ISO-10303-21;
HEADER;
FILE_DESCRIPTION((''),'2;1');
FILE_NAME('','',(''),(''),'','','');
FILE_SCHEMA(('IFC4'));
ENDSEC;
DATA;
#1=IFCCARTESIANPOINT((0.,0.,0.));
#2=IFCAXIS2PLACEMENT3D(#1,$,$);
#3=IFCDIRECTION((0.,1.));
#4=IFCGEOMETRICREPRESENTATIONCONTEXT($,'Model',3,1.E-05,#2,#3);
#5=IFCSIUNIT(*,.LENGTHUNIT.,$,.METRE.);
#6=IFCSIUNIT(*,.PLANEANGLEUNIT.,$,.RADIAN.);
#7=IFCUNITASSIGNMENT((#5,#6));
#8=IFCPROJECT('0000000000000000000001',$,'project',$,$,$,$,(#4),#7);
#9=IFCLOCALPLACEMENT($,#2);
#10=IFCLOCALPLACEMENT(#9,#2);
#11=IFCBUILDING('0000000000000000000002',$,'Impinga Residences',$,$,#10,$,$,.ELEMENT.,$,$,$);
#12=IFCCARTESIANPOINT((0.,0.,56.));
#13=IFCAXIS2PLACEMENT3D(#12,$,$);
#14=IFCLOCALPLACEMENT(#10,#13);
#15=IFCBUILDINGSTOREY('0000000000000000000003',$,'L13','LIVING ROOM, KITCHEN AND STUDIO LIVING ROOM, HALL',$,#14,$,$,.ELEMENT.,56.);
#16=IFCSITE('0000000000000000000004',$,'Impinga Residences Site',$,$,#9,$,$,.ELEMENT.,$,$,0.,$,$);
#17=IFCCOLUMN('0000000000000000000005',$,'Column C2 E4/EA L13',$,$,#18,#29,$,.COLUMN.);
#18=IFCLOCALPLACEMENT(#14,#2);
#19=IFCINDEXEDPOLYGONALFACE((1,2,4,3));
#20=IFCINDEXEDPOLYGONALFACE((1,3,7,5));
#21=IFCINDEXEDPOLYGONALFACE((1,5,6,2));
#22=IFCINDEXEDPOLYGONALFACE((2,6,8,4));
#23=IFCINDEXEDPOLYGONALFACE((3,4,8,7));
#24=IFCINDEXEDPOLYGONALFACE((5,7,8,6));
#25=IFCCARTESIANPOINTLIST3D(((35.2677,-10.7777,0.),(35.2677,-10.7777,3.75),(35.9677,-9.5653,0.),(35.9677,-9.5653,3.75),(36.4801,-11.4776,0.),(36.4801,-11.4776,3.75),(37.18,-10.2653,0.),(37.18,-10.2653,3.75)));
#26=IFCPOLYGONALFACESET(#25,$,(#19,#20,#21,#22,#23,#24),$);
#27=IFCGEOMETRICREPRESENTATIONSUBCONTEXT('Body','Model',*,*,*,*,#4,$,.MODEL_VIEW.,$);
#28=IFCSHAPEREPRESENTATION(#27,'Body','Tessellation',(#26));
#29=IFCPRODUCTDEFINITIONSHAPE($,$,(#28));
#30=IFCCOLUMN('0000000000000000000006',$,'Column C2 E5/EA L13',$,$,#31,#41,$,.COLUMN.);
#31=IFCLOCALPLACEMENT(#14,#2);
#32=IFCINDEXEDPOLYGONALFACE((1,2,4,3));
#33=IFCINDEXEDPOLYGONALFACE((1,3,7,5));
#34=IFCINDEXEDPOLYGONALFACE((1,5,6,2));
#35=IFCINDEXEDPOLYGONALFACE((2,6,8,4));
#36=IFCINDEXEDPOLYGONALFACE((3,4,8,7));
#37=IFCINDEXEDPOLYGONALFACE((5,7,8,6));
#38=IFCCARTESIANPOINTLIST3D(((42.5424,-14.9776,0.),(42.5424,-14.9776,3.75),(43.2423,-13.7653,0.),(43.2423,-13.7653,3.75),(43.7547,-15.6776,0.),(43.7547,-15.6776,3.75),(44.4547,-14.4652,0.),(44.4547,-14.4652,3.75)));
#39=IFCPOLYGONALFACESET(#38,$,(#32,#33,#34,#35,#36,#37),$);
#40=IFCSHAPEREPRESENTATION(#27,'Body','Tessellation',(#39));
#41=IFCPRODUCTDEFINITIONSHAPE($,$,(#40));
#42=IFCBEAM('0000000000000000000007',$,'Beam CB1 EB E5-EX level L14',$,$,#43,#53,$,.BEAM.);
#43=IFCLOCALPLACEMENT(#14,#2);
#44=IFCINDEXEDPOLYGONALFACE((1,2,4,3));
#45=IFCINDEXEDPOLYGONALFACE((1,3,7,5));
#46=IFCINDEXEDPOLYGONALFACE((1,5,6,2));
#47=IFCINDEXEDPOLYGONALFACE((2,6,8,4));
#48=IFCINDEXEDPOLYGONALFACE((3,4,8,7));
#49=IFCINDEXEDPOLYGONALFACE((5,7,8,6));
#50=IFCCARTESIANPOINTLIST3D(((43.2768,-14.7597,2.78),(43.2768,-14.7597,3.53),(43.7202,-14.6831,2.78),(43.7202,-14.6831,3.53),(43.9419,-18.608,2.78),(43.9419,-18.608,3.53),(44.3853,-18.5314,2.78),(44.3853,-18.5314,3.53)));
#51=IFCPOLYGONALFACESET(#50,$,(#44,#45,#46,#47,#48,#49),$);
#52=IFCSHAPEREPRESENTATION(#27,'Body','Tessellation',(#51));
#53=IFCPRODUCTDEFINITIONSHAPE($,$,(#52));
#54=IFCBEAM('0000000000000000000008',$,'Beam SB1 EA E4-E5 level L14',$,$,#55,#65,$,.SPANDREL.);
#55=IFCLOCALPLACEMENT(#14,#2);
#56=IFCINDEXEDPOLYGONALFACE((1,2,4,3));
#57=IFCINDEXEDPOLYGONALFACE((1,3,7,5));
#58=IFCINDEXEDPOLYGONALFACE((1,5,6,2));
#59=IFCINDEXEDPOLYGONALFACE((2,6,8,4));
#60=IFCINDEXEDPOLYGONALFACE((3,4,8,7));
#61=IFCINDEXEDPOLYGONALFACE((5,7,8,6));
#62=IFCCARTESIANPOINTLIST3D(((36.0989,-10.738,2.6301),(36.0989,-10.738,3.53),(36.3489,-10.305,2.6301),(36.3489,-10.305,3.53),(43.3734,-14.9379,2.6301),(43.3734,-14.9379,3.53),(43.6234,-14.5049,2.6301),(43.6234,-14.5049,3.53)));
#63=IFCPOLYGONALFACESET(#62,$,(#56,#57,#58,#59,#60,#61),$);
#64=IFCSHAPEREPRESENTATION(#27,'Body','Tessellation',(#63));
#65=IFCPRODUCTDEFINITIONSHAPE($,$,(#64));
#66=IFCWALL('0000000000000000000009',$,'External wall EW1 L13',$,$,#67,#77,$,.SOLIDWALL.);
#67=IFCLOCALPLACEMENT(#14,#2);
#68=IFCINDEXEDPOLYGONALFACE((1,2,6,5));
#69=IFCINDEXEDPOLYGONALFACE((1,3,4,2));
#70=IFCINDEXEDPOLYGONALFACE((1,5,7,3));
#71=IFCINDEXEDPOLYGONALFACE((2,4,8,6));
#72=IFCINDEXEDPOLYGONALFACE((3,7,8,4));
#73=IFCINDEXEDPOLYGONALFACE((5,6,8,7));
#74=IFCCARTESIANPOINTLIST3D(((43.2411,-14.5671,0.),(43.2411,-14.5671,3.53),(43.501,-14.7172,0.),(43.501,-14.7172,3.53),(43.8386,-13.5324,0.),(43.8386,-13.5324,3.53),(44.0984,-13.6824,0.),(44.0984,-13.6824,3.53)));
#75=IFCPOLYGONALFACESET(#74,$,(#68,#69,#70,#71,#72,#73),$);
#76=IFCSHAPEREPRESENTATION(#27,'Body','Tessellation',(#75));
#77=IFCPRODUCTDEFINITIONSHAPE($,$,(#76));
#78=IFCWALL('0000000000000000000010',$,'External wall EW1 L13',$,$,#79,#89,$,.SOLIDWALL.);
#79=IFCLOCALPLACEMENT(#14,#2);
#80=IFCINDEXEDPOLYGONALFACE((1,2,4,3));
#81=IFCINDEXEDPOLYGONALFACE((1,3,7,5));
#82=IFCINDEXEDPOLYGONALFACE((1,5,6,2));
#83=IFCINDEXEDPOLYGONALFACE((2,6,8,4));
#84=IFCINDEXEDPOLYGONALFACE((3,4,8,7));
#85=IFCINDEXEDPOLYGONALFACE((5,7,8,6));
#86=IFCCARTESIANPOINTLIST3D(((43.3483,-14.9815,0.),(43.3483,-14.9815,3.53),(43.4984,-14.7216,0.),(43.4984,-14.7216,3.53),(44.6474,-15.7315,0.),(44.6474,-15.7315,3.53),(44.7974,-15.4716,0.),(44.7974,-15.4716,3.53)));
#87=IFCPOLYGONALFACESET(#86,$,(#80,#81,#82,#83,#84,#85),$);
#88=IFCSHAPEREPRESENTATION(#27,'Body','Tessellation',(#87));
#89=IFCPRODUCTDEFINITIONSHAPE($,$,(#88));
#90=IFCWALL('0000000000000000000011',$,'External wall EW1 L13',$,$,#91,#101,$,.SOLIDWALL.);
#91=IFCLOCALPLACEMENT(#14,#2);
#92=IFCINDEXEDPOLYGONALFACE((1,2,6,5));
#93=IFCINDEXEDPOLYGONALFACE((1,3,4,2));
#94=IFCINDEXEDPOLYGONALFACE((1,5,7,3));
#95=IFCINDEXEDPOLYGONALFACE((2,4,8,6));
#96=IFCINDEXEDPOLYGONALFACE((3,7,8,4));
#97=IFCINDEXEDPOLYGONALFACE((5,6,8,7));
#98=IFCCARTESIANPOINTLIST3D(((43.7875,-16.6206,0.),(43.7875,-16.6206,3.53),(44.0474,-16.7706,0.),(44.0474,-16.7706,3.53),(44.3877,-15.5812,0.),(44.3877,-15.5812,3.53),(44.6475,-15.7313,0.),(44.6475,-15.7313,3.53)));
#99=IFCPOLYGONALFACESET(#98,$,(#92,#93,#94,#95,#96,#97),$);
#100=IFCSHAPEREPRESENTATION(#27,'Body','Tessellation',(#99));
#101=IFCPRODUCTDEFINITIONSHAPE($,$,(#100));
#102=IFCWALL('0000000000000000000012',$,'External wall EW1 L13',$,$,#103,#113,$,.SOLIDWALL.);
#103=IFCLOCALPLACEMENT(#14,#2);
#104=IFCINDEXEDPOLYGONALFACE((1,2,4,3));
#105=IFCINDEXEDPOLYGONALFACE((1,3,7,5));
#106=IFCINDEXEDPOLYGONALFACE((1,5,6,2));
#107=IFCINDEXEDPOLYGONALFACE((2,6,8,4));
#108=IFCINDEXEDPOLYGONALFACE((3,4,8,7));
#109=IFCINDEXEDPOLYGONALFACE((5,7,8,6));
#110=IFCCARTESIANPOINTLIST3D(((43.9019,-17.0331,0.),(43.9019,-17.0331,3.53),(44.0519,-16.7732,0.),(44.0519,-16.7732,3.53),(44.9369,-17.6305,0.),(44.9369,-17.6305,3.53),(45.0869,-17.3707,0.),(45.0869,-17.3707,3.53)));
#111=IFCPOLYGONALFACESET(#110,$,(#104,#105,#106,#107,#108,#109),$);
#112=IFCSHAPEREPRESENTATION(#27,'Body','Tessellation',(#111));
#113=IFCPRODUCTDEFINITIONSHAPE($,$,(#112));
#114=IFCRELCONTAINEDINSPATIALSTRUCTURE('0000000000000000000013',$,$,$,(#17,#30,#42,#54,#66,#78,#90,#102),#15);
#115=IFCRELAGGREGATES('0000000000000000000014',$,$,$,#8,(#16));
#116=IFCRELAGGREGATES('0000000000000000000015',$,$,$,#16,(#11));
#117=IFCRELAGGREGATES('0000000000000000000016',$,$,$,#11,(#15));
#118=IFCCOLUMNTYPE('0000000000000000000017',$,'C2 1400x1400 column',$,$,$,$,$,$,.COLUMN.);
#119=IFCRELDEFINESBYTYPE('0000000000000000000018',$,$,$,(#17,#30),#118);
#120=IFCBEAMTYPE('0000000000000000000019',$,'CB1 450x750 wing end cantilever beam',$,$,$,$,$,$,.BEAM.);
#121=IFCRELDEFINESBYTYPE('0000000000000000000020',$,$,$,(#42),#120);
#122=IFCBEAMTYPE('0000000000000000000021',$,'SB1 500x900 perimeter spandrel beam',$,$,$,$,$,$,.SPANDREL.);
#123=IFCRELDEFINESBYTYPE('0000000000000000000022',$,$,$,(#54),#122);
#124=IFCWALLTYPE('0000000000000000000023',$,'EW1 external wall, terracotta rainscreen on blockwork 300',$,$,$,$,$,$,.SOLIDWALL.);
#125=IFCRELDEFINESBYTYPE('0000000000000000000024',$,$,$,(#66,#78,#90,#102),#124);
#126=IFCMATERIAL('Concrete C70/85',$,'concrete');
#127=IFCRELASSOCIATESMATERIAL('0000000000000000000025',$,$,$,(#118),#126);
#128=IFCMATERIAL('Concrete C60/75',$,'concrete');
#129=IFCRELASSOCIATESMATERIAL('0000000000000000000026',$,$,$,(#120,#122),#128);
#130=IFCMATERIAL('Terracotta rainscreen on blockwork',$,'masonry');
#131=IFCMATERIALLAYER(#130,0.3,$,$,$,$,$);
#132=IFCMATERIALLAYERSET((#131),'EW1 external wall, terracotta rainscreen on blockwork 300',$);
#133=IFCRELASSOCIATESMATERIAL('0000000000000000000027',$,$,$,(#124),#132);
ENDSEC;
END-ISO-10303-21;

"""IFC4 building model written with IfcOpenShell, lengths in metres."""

from ifc_helpers import new_model, si_unit, direction, frame, frame_2d, origin, origin_2d, place, context, subcontext, project, spatial, rectangle, extrude, material, layer, layer_set, material_profile, profile_set, type_object, element, save


model = new_model("IFC4")

# Units and contexts
model_context = context("Model", 3, precision=1e-05, world=origin(), true_north=direction((0.0, 1.0)))
body_context = subcontext(model_context, "Body", "Model", "MODEL_VIEW")
ifc_project = project(units=[si_unit("LENGTHUNIT", "METRE"), si_unit("PLANEANGLEUNIT", "RADIAN")], contexts=[model_context])

# Site, building, storey
site_placement = place(None, origin())
site = spatial("IfcSite", under=ifc_project, at=site_placement, Name="Impinga Residences Site", CompositionType="ELEMENT", RefElevation=0.0)
building_placement = place(site_placement, origin())
building = spatial("IfcBuilding", under=site, at=building_placement, Name="Impinga Residences", CompositionType="ELEMENT")
storey_placement = place(building_placement, frame((0.0, 0.0, 56.0)))
storey = spatial("IfcBuildingStorey", under=building, at=storey_placement, Name="L13", Description="LIVING ROOM, KITCHEN AND STUDIO LIVING ROOM, HALL", CompositionType="ELEMENT", Elevation=56.0)

# Columns
ifc_material_1 = material(Name="Concrete C70/85", Category="concrete")
ifc_material_profile_1 = material_profile(ifc_material_1, rectangle(XDim=1.3999, YDim=1.3999, at=origin_2d()), Name="RC 1400x1400")
ifc_profile_set_1 = profile_set([ifc_material_profile_1], Name="Concrete C70/85")
column_type = type_object("IfcColumnType", Name="C2 1400x1400 column", PredefinedType="COLUMN", material=ifc_profile_set_1)
for number, where, z_axis, x_axis, name in (
    (1, (36.2239, -10.5215, 0.0), (0.0, 0.0, 1.0), (-0.5, -0.866025, 0.0), "Column C2 E4/EA L13"),
    (2, (43.4985, -14.7214, 0.0), (0.0, 0.0, 1.0), (-0.5, -0.866025, 0.0), "Column C2 E5/EA L13"),
):
    element("IfcColumn", number, at=place(storey_placement, frame(where, z_axis=z_axis, x_axis=x_axis)), inside=storey, type_object=column_type, Name=name, PredefinedType="COLUMN", context=body_context, shape_type="SweptSolid", body=[
        extrude(rectangle(XDim=1.3999, YDim=1.3999, at=origin_2d()), origin(), (0.0, 0.0, 1.0), 3.75),
    ])

# Beams
ifc_material_2 = material(Name="Concrete C60/75", Category="concrete")
ifc_material_profile_2 = material_profile(ifc_material_2, rectangle(XDim=0.45, YDim=0.75, at=origin_2d()), Name="RC 450x750")
ifc_profile_set_2 = profile_set([ifc_material_profile_2], Name="Concrete C60/75")
beam_type_1 = type_object("IfcBeamType", Name="CB1 450x750 wing end cantilever beam", PredefinedType="BEAM", material=ifc_profile_set_2)
beam_1_placement = place(storey_placement, frame((43.4985, -14.7214, 3.155), z_axis=(0.170296, -0.985393, 0.0), x_axis=(0.985393, 0.170296, 0.0)))
element("IfcBeam", 3, at=beam_1_placement, inside=storey, type_object=beam_type_1, Name="Beam CB1 EB E5-EX level L14", PredefinedType="BEAM", context=body_context, shape_type="SweptSolid", body=[
    extrude(rectangle(XDim=0.45, YDim=0.75, at=origin_2d()), origin(), (0.0, 0.0, 1.0), 3.9053),
])
ifc_material_profile_3 = material_profile(ifc_material_2, rectangle(XDim=0.5, YDim=0.8999, at=origin_2d()), Name="RC 500x900")
ifc_profile_set_3 = profile_set([ifc_material_profile_3], Name="Concrete C60/75")
beam_type_2 = type_object("IfcBeamType", Name="SB1 500x900 perimeter spandrel beam", PredefinedType="SPANDREL", material=ifc_profile_set_3)
beam_2_placement = place(storey_placement, frame((36.2239, -10.5215, 3.0801), z_axis=(0.866029, -0.499993, 0.0), x_axis=(0.499993, 0.866029, 0.0)))
element("IfcBeam", 4, at=beam_2_placement, inside=storey, type_object=beam_type_2, Name="Beam SB1 EA E4-E5 level L14", PredefinedType="SPANDREL", context=body_context, shape_type="SweptSolid", body=[
    extrude(rectangle(XDim=0.5, YDim=0.8999, at=origin_2d()), origin(), (0.0, 0.0, 1.0), 8.3999),
])

# Walls
ifc_material_3 = material(Name="Terracotta rainscreen on blockwork", Category="masonry")
ifc_layer_1 = layer(ifc_material_3, 0.3)
ifc_layer_set_1 = layer_set([ifc_layer_1], Name="EW1 external wall, terracotta rainscreen on blockwork 300")
wall_type_1 = type_object("IfcWallType", Name="EW1 external wall, terracotta rainscreen on blockwork 300", PredefinedType="SOLIDWALL", material=ifc_layer_set_1)
wall_1_placement = place(storey_placement, frame((43.9685, -13.6074, 0.0), z_axis=(0.0, 0.0, 1.0), x_axis=(-0.500029, -0.866009, 0.0)))
element("IfcWall", 5, at=wall_1_placement, inside=storey, type_object=wall_type_1, Name="External wall EW1 L13", PredefinedType="SOLIDWALL", context=body_context, shape_type="SweptSolid", body=[
    extrude(rectangle(XDim=1.1948, YDim=0.3, at=frame_2d((0.5974, 0.0))), origin(), (0.0, 0.0, 1.0), 3.53),
])
wall_2_placement = place(storey_placement, frame((43.4233, -14.8516, 0.0), z_axis=(0.0, 0.0, 1.0), x_axis=(0.866031, -0.49999, 0.0)))
element("IfcWall", 6, at=wall_2_placement, inside=storey, type_object=wall_type_1, Name="External wall EW1 L13", PredefinedType="SOLIDWALL", context=body_context, shape_type="SweptSolid", body=[
    extrude(rectangle(XDim=1.5, YDim=0.3, at=frame_2d((0.75, 0.0))), origin(), (0.0, 0.0, 1.0), 3.53),
])
wall_3_placement = place(storey_placement, frame((44.5176, -15.6562, 0.0), z_axis=(0.0, 0.0, 1.0), x_axis=(-0.500034, -0.866006, 0.0)))
element("IfcWall", 7, at=wall_3_placement, inside=storey, type_object=wall_type_1, Name="External wall EW1 L13", PredefinedType="SOLIDWALL", context=body_context, shape_type="SweptSolid", body=[
    extrude(rectangle(XDim=1.2002, YDim=0.3, at=frame_2d((0.6001, 0.0))), origin(), (0.0, 0.0, 1.0), 3.53),
])
wall_4_placement = place(storey_placement, frame((43.9768, -16.9031, 0.0), z_axis=(0.0, 0.0, 1.0), x_axis=(0.86606, -0.499941, 0.0)))
element("IfcWall", 8, at=wall_4_placement, inside=storey, type_object=wall_type_1, Name="External wall EW1 L13", PredefinedType="SOLIDWALL", context=body_context, shape_type="SweptSolid", body=[
    extrude(rectangle(XDim=1.1951, YDim=0.3, at=frame_2d((0.5977, 0.0))), origin(), (0.0, 0.0, 1.0), 3.53),
])

save(model, "model.ifc")
